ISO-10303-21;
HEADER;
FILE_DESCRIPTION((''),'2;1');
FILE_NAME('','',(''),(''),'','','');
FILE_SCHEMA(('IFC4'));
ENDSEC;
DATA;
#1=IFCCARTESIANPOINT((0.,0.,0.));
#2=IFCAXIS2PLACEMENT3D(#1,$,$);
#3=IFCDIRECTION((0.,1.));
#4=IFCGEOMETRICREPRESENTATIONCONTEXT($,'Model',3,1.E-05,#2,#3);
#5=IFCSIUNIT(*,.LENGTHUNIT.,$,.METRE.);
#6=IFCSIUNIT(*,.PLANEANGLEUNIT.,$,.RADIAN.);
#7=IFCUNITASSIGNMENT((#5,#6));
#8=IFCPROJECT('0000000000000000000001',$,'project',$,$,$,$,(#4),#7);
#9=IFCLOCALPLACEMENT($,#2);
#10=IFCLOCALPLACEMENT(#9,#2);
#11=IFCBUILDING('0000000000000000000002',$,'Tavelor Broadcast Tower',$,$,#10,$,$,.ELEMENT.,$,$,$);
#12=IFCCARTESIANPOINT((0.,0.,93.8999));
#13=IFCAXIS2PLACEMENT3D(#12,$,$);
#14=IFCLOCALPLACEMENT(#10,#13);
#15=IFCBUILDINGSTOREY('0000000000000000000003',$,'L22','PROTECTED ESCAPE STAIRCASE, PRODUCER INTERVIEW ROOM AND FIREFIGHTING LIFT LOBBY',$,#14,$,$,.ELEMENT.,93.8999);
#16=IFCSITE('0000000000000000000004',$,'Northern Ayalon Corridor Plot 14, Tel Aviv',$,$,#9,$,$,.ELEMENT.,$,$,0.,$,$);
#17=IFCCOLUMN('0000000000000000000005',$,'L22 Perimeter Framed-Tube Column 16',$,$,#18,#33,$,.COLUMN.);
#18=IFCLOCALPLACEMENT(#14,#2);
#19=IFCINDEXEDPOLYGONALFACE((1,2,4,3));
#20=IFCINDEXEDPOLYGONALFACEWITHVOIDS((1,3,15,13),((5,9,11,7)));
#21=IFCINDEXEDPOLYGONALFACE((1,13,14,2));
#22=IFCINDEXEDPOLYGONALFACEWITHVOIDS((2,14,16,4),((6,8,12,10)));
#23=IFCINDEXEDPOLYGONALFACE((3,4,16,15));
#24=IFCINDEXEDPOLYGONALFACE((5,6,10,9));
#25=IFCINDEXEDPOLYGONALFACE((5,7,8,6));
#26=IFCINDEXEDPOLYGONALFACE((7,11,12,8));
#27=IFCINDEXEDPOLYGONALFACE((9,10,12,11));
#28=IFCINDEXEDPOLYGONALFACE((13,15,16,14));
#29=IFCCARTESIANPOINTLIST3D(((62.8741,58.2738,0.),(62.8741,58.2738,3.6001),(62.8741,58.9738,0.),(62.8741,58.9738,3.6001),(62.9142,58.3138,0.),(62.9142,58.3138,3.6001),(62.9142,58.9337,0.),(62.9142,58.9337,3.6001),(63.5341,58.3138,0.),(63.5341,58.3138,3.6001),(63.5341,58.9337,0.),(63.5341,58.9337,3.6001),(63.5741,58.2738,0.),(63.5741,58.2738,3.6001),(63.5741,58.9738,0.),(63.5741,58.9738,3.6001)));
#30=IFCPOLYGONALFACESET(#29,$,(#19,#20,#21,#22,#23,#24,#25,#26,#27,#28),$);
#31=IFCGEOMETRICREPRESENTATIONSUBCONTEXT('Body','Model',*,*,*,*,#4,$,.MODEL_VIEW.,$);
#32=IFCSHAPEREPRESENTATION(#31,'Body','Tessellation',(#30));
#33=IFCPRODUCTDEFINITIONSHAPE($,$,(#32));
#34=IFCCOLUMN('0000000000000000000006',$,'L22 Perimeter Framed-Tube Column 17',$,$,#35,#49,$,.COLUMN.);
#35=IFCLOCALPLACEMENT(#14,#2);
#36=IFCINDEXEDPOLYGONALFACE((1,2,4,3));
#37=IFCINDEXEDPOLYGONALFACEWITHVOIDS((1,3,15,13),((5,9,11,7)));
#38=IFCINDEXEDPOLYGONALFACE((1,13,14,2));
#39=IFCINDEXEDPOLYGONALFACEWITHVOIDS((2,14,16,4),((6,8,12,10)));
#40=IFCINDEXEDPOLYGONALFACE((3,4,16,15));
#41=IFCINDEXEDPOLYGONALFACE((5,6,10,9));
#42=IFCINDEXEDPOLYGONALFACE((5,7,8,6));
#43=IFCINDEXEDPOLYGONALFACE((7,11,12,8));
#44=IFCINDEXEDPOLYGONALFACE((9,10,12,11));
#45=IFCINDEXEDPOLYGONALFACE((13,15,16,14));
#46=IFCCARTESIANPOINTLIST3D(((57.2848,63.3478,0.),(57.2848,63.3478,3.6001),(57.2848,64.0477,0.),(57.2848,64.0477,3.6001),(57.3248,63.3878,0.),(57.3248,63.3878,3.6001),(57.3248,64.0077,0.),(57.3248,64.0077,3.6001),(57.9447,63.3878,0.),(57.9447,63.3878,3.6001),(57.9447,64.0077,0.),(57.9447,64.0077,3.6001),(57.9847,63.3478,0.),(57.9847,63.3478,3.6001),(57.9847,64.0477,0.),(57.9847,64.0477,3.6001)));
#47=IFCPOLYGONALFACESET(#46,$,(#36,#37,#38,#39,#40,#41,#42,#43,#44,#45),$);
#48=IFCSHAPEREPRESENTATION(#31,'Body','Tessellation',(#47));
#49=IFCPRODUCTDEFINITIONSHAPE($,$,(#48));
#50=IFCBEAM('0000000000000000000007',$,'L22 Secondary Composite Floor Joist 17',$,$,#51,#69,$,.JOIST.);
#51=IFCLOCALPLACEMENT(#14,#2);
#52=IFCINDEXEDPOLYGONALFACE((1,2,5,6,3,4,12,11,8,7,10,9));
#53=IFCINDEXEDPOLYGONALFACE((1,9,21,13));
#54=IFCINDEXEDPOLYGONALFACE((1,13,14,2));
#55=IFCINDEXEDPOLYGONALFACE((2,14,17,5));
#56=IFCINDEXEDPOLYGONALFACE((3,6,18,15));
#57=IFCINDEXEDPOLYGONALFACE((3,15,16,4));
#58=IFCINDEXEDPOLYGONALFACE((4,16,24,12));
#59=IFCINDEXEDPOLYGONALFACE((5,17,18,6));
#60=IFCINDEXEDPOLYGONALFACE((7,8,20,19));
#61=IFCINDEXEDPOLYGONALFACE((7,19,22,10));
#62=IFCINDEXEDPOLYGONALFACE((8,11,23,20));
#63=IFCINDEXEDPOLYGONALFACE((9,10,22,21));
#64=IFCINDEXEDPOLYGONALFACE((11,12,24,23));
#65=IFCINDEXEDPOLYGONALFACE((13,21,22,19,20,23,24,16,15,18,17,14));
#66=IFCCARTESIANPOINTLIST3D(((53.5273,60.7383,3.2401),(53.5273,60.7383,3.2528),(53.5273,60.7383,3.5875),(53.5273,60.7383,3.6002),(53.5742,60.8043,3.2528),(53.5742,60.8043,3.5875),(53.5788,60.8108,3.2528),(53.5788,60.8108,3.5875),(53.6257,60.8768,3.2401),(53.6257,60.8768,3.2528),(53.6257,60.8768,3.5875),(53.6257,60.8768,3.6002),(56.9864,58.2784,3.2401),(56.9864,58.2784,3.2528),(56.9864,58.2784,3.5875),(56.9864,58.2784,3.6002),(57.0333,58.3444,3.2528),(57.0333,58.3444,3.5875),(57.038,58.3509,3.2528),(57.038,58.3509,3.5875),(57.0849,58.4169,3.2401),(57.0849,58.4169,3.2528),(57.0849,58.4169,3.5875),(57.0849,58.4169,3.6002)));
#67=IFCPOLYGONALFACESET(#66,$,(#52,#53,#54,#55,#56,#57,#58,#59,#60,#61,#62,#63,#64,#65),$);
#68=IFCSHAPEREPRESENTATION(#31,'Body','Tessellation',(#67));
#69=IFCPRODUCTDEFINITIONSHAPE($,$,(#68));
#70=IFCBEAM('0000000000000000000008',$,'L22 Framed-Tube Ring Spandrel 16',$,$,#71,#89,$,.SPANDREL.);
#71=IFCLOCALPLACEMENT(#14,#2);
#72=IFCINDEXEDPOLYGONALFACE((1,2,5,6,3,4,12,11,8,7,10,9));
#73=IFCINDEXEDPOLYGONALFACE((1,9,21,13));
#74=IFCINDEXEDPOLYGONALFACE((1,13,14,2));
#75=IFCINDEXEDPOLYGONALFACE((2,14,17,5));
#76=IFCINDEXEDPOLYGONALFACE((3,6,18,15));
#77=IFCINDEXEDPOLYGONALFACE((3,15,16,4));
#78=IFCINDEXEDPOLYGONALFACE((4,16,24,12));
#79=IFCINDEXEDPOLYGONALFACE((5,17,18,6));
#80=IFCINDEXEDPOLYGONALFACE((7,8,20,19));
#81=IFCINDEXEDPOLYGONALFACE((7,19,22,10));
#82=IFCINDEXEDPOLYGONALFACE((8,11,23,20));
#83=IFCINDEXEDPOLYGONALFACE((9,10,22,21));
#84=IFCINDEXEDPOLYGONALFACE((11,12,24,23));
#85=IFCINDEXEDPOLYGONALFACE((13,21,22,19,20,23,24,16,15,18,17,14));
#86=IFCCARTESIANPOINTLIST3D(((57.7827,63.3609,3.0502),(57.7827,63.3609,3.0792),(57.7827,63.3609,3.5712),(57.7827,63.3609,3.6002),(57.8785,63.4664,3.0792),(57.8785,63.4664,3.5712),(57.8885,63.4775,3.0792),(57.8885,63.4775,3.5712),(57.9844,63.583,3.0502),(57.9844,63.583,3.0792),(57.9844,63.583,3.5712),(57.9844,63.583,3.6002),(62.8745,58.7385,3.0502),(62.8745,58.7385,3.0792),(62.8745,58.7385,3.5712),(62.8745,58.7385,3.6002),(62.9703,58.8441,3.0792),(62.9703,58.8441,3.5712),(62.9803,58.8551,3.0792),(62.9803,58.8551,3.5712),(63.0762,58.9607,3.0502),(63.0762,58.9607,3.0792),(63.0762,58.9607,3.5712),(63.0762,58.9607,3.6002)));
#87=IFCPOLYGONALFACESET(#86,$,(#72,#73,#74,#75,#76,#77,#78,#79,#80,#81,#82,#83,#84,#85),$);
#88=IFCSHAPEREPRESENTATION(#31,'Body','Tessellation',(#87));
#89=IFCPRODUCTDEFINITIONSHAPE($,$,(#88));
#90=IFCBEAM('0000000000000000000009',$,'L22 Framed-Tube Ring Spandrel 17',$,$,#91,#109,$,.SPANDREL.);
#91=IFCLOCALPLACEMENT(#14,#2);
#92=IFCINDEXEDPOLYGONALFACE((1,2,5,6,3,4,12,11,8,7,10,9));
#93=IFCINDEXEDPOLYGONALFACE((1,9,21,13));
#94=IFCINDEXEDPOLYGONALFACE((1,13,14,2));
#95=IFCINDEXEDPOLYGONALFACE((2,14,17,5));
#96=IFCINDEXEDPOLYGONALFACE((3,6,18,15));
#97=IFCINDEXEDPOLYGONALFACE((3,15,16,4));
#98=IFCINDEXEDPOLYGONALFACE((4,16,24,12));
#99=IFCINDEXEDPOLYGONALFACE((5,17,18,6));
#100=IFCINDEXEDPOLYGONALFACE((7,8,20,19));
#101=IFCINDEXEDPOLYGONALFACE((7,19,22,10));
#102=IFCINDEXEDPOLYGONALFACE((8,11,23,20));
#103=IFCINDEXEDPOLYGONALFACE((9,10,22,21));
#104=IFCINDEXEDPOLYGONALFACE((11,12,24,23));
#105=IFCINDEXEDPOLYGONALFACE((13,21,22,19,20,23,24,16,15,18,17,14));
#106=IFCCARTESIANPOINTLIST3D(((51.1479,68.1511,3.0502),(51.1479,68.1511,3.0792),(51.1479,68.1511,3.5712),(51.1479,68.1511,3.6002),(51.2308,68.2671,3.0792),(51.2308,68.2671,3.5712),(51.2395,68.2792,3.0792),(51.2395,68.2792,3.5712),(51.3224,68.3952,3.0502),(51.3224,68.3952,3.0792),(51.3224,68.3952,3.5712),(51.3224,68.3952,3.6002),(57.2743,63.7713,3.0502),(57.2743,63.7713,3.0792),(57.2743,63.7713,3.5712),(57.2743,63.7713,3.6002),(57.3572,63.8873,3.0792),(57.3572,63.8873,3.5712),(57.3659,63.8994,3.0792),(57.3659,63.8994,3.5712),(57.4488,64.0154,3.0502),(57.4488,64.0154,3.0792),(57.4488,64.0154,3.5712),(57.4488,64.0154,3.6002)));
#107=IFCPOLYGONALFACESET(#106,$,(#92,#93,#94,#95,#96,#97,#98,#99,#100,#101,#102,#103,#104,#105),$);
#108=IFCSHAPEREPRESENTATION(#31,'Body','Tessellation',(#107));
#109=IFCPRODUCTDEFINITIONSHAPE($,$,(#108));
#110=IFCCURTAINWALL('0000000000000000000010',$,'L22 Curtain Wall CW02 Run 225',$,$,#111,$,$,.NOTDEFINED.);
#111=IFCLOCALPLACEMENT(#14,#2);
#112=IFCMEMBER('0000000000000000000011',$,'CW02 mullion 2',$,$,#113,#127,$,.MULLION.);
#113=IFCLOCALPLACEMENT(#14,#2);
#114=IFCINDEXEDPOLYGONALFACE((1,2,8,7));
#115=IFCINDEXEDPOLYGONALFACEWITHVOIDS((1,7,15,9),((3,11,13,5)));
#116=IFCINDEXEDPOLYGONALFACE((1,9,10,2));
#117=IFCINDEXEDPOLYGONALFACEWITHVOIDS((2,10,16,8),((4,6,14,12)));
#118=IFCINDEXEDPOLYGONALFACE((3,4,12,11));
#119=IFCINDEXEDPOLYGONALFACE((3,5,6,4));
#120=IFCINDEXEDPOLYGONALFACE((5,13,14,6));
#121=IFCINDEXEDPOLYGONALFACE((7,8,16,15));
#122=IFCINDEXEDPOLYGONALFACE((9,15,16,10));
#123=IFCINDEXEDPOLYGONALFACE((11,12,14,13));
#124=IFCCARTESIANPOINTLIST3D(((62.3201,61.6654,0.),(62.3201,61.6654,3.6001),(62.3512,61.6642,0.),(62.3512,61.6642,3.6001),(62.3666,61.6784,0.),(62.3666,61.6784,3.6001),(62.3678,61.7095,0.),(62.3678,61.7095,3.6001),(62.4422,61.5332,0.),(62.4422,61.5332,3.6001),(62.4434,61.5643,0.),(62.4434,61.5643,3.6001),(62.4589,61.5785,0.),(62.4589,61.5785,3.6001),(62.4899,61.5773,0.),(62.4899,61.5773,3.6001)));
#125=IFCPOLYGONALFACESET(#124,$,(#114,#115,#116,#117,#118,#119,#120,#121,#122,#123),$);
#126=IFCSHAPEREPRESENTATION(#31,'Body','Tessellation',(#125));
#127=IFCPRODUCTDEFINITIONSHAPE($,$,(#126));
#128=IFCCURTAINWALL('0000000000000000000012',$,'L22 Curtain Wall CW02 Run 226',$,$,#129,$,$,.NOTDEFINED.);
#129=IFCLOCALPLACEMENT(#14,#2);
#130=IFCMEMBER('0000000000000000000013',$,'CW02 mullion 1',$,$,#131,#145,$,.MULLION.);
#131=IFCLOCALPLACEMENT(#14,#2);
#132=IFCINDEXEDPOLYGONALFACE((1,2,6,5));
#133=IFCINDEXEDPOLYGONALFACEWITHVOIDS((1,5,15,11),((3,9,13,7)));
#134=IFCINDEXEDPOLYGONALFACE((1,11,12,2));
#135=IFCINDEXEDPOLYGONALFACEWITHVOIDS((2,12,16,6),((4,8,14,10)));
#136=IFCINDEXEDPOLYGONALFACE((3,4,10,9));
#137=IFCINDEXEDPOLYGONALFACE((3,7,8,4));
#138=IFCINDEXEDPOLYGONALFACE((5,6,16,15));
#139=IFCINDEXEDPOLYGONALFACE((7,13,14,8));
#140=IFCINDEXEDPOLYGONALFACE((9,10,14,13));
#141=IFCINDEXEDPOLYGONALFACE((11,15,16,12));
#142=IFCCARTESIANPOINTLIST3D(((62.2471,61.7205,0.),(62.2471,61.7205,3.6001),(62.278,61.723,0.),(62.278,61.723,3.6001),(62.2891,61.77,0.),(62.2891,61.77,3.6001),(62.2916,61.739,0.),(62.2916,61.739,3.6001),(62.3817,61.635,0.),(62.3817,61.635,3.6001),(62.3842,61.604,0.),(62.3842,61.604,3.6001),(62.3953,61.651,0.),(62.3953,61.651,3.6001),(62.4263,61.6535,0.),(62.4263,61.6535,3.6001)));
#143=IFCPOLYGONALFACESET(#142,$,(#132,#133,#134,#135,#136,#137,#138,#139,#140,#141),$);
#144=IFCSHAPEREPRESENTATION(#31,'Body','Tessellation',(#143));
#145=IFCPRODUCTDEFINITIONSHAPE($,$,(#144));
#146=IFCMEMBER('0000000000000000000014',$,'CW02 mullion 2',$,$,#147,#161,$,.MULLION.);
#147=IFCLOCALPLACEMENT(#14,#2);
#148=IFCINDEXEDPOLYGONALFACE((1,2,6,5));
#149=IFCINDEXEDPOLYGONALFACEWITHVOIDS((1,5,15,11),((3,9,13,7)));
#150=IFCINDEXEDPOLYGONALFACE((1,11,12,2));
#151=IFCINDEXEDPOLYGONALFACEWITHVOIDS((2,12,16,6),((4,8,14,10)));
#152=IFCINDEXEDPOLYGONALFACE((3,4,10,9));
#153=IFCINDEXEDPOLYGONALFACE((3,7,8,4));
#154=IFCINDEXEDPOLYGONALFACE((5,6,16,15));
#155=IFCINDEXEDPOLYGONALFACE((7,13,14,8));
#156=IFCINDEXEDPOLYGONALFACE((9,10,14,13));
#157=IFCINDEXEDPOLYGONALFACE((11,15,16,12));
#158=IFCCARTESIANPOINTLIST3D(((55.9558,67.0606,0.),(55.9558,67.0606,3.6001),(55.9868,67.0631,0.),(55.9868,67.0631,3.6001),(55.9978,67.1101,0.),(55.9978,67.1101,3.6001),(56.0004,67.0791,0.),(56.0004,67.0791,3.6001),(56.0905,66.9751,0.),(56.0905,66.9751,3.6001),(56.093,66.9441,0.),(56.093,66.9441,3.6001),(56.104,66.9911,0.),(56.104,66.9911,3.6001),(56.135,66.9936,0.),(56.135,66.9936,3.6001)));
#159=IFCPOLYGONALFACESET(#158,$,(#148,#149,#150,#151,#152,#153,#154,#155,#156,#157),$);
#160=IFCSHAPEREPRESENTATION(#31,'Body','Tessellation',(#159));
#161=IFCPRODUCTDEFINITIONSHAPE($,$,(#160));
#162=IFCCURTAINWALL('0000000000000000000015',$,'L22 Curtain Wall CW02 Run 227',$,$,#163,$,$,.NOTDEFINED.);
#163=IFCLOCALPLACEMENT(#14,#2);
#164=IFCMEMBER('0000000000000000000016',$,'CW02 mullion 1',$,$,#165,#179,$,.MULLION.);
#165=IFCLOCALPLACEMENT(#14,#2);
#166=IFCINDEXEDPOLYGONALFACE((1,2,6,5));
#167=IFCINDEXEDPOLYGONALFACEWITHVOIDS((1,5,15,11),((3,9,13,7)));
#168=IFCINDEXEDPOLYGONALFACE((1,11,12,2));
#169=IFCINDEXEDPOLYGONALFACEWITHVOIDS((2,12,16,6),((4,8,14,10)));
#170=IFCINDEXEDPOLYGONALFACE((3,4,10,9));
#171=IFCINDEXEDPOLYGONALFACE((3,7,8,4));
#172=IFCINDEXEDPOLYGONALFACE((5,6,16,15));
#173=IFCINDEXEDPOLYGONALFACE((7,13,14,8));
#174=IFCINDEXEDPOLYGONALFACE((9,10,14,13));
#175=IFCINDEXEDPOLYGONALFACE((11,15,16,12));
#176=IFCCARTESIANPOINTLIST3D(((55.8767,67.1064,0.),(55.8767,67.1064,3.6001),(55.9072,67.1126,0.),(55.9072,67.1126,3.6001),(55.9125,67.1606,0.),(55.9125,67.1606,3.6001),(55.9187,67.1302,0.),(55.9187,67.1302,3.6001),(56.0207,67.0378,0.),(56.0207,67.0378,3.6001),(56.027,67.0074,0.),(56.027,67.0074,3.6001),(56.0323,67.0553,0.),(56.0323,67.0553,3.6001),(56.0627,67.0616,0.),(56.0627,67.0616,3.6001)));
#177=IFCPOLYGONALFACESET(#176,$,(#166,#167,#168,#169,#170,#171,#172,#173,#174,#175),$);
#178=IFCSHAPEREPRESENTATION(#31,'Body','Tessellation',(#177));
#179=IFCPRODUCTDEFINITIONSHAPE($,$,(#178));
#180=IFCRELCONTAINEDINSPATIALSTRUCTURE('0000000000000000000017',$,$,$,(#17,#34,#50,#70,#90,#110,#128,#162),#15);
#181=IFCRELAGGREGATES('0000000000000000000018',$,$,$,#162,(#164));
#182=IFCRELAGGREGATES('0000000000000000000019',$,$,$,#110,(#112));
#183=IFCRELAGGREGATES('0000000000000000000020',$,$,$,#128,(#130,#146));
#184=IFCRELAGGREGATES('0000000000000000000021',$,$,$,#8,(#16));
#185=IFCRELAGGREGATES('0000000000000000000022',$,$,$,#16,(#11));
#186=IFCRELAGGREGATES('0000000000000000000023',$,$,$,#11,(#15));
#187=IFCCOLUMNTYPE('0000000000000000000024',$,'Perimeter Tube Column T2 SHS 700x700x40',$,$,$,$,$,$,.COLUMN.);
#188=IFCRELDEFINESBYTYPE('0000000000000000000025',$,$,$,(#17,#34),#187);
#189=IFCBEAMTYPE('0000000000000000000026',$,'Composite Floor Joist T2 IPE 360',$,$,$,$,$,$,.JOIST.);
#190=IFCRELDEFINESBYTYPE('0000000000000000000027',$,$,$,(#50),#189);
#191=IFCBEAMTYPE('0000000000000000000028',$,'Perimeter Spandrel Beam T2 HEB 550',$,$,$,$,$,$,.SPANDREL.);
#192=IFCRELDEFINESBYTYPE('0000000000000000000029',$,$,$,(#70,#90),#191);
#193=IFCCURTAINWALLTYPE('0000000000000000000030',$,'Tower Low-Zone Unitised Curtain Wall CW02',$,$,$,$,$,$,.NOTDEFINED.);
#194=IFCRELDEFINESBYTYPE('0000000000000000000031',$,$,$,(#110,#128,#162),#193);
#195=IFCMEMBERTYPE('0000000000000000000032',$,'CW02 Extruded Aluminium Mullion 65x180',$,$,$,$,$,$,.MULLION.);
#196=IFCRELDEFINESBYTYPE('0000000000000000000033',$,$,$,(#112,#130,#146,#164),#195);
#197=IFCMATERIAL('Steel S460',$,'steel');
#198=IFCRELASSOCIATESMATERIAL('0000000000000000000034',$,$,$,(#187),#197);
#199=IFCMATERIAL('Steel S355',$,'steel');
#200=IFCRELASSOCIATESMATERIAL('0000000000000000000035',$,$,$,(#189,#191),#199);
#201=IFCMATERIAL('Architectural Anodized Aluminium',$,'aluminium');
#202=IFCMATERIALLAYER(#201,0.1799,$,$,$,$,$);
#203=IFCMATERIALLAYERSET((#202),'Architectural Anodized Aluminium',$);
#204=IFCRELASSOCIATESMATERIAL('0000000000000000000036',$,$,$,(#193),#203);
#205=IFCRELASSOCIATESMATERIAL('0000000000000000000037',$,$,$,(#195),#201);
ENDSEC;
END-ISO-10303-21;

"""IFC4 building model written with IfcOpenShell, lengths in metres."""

from ifc_helpers import new_model, si_unit, direction, frame, origin, origin_2d, place, context, subcontext, project, spatial, hollow_rectangle, i_section, extrude, source, transform, mapped, material, layer, layer_set, material_profile, profile_set, type_object, type_shapes, element, aggregate, save


model = new_model("IFC4")

# Units and contexts
model_context = context("Model", 3, precision=1e-05, world=origin(), true_north=direction((0.0, 1.0)))
body_context = subcontext(model_context, "Body", "Model", "MODEL_VIEW")
ifc_project = project(units=[si_unit("LENGTHUNIT", "METRE"), si_unit("PLANEANGLEUNIT", "RADIAN")], contexts=[model_context])

# Site, building, storey
site_placement = place(None, origin())
site = spatial("IfcSite", under=ifc_project, at=site_placement, Name="Northern Ayalon Corridor Plot 14, Tel Aviv", CompositionType="ELEMENT", RefElevation=0.0)
building_placement = place(site_placement, origin())
building = spatial("IfcBuilding", under=site, at=building_placement, Name="Tavelor Broadcast Tower", CompositionType="ELEMENT")
storey_placement = place(building_placement, frame((0.0, 0.0, 93.8999)))
storey = spatial("IfcBuildingStorey", under=building, at=storey_placement, Name="L22", Description="PROTECTED ESCAPE STAIRCASE, PRODUCER INTERVIEW ROOM AND FIREFIGHTING LIFT LOBBY", CompositionType="ELEMENT", Elevation=93.8999)

# Columns
ifc_material_1 = material(Name="Steel S460", Category="steel")
ifc_material_profile_1 = material_profile(ifc_material_1, hollow_rectangle(XDim=0.7, YDim=0.7, WallThickness=0.04, at=origin_2d()), Name="SHS 700x700x40")
ifc_profile_set_1 = profile_set([ifc_material_profile_1], Name="Steel S460")
column_type = type_object("IfcColumnType", Name="Perimeter Tube Column T2 SHS 700x700x40", PredefinedType="COLUMN", material=ifc_profile_set_1)
for number, where, z_axis, x_axis, name in (
    (1, (63.2241, 58.6238, 0.0), (0.0, 0.0, 1.0), (1.0, 0.0, 0.0), "L22 Perimeter Framed-Tube Column 16"),
    (2, (57.6348, 63.6978, 0.0), (0.0, 0.0, 1.0), (1.0, 0.0, 0.0), "L22 Perimeter Framed-Tube Column 17"),
):
    element("IfcColumn", number, at=place(storey_placement, frame(where, z_axis=z_axis, x_axis=x_axis)), inside=storey, type_object=column_type, Name=name, PredefinedType="COLUMN", context=body_context, shape_type="SweptSolid", body=[
        extrude(hollow_rectangle(XDim=0.7, YDim=0.7, WallThickness=0.04, at=origin_2d()), origin(), (0.0, 0.0, 1.0), 3.6001),
    ])

# Beams
ifc_material_2 = material(Name="Steel S355", Category="steel")
ifc_material_profile_2 = material_profile(ifc_material_2, i_section(OverallWidth=0.1699, OverallDepth=0.3601, WebThickness=0.0081, FlangeThickness=0.0127, at=origin_2d()), Name="IPE 360")
ifc_profile_set_2 = profile_set([ifc_material_profile_2], Name="Steel S355")
beam_type_1 = type_object("IfcBeamType", Name="Composite Floor Joist T2 IPE 360", PredefinedType="JOIST", material=ifc_profile_set_2)
beam_1_placement = place(storey_placement, frame((57.0356, 58.3477, 3.4202), z_axis=(-0.814948, 0.579534, 0.0), x_axis=(-0.579534, -0.814948, 0.0)))
element("IfcBeam", 3, at=beam_1_placement, inside=storey, type_object=beam_type_1, Name="L22 Secondary Composite Floor Joist 17", PredefinedType="JOIST", context=body_context, shape_type="SweptSolid", body=[
    extrude(i_section(OverallWidth=0.1699, OverallDepth=0.3601, WebThickness=0.0081, FlangeThickness=0.0127, at=origin_2d()), origin(), (0.0, 0.0, 1.0), 4.2446),
])
ifc_material_profile_3 = material_profile(ifc_material_2, i_section(OverallWidth=0.3, OverallDepth=0.55, WebThickness=0.0149, FlangeThickness=0.0291, at=origin_2d()), Name="HEB 550")
ifc_profile_set_3 = profile_set([ifc_material_profile_3], Name="Steel S355")
beam_type_2 = type_object("IfcBeamType", Name="Perimeter Spandrel Beam T2 HEB 550", PredefinedType="SPANDREL", material=ifc_profile_set_3)
beam_2_placement = place(storey_placement, frame((62.9753, 58.8496, 3.3252), z_axis=(-0.740417, 0.672148, 0.0), x_axis=(-0.672148, -0.740417, 0.0)))
element("IfcBeam", 4, at=beam_2_placement, inside=storey, type_object=beam_type_2, Name="L22 Framed-Tube Ring Spandrel 16", PredefinedType="SPANDREL", context=body_context, shape_type="SweptSolid", body=[
    extrude(i_section(OverallWidth=0.3, OverallDepth=0.55, WebThickness=0.0149, FlangeThickness=0.0291, at=origin_2d()), origin(), (0.0, 0.0, 1.0), 6.877),
])
beam_3_placement = place(storey_placement, frame((57.3616, 63.8933, 3.3252), z_axis=(-0.813492, 0.581575, 0.0), x_axis=(-0.581575, -0.813492, 0.0)))
element("IfcBeam", 5, at=beam_3_placement, inside=storey, type_object=beam_type_2, Name="L22 Framed-Tube Ring Spandrel 17", PredefinedType="SPANDREL", context=body_context, shape_type="SweptSolid", body=[
    extrude(i_section(OverallWidth=0.3, OverallDepth=0.55, WebThickness=0.0149, FlangeThickness=0.0291, at=origin_2d()), origin(), (0.0, 0.0, 1.0), 7.531),
])

# Curtain wall, member
ifc_material_3 = material(Name="Architectural Anodized Aluminium", Category="aluminium")
ifc_layer_1 = layer(ifc_material_3, 0.1799)
ifc_layer_set_1 = layer_set([ifc_layer_1], Name="Architectural Anodized Aluminium")
curtain_wall_type = type_object("IfcCurtainWallType", Name="Tower Low-Zone Unitised Curtain Wall CW02", PredefinedType="NOTDEFINED", material=ifc_layer_set_1)
curtain_wall_1_placement = place(storey_placement, origin())
curtain_wall_1 = element("IfcCurtainWall", 6, at=curtain_wall_1_placement, inside=storey, type_object=curtain_wall_type, Name="L22 Curtain Wall CW02 Run 225", PredefinedType="NOTDEFINED")
ifc_material_profile_4 = material_profile(ifc_material_3, hollow_rectangle(XDim=0.0649, YDim=0.1799, WallThickness=0.022, at=origin_2d()), Name="RHS 65x180x22")
ifc_profile_set_4 = profile_set([ifc_material_profile_4], Name="Architectural Anodized Aluminium")
member_type_1 = type_object("IfcMemberType", Name="CW02 Extruded Aluminium Mullion 65x180", PredefinedType="MULLION", material=ifc_profile_set_4)
shared_shape_1 = source(origin(), body_context, "Body", "SweptSolid", [
    extrude(hollow_rectangle(XDim=0.0649, YDim=0.1799, WallThickness=0.022, at=origin_2d()), origin(), (0.0, 0.0, 1.0), 3.6001),
])
type_shapes(member_type_1, [shared_shape_1])
member_1_placement = place(storey_placement, frame((62.405, 61.6213, 0.0), z_axis=(0.0, 0.0, 1.0), x_axis=(-0.734611, -0.678489, 0.0)))
member_1 = element("IfcMember", 7, at=member_1_placement, type_object=member_type_1, Name="CW02 mullion 2", PredefinedType="MULLION", context=body_context, shape_type="MappedRepresentation", body=[
    mapped(shared_shape_1, transform((0.0, 0.0, 0.0), scale=1.0)),
])

# Curtain wall, members
curtain_wall_2_placement = place(storey_placement, origin())
curtain_wall_2 = element("IfcCurtainWall", 8, at=curtain_wall_2_placement, inside=storey, type_object=curtain_wall_type, Name="L22 Curtain Wall CW02 Run 226", PredefinedType="NOTDEFINED")
member_2_placement = place(storey_placement, frame((62.3367, 61.687, 0.0), z_axis=(0.0, 0.0, 1.0), x_axis=(-0.647119, -0.762389, 0.0)))
member_2 = element("IfcMember", 9, at=member_2_placement, type_object=member_type_1, Name="CW02 mullion 1", PredefinedType="MULLION", context=body_context, shape_type="MappedRepresentation", body=[
    mapped(shared_shape_1, transform((0.0, 0.0, 0.0), scale=1.0)),
])
member_3_placement = place(storey_placement, frame((56.0454, 67.0271, 0.0), z_axis=(0.0, 0.0, 1.0), x_axis=(-0.647119, -0.762389, 0.0)))
member_3 = element("IfcMember", 10, at=member_3_placement, type_object=member_type_1, Name="CW02 mullion 2", PredefinedType="MULLION", context=body_context, shape_type="MappedRepresentation", body=[
    mapped(shared_shape_1, transform((0.0, 0.0, 0.0), scale=1.0)),
])

# Curtain wall, member
curtain_wall_3_placement = place(storey_placement, origin())
curtain_wall_3 = element("IfcCurtainWall", 11, at=curtain_wall_3_placement, inside=storey, type_object=curtain_wall_type, Name="L22 Curtain Wall CW02 Run 227", PredefinedType="NOTDEFINED")
member_4_placement = place(storey_placement, frame((55.9697, 67.084, 0.0), z_axis=(0.0, 0.0, 1.0), x_axis=(-0.550111, -0.835092, 0.0)))
member_4 = element("IfcMember", 12, at=member_4_placement, type_object=member_type_1, Name="CW02 mullion 1", PredefinedType="MULLION", context=body_context, shape_type="MappedRepresentation", body=[
    mapped(shared_shape_1, transform((0.0, 0.0, 0.0), scale=1.0)),
])
aggregate(curtain_wall_3, [member_4])

aggregate(curtain_wall_1, [member_1])
aggregate(curtain_wall_2, [member_2, member_3])

save(model, "model.ifc")
